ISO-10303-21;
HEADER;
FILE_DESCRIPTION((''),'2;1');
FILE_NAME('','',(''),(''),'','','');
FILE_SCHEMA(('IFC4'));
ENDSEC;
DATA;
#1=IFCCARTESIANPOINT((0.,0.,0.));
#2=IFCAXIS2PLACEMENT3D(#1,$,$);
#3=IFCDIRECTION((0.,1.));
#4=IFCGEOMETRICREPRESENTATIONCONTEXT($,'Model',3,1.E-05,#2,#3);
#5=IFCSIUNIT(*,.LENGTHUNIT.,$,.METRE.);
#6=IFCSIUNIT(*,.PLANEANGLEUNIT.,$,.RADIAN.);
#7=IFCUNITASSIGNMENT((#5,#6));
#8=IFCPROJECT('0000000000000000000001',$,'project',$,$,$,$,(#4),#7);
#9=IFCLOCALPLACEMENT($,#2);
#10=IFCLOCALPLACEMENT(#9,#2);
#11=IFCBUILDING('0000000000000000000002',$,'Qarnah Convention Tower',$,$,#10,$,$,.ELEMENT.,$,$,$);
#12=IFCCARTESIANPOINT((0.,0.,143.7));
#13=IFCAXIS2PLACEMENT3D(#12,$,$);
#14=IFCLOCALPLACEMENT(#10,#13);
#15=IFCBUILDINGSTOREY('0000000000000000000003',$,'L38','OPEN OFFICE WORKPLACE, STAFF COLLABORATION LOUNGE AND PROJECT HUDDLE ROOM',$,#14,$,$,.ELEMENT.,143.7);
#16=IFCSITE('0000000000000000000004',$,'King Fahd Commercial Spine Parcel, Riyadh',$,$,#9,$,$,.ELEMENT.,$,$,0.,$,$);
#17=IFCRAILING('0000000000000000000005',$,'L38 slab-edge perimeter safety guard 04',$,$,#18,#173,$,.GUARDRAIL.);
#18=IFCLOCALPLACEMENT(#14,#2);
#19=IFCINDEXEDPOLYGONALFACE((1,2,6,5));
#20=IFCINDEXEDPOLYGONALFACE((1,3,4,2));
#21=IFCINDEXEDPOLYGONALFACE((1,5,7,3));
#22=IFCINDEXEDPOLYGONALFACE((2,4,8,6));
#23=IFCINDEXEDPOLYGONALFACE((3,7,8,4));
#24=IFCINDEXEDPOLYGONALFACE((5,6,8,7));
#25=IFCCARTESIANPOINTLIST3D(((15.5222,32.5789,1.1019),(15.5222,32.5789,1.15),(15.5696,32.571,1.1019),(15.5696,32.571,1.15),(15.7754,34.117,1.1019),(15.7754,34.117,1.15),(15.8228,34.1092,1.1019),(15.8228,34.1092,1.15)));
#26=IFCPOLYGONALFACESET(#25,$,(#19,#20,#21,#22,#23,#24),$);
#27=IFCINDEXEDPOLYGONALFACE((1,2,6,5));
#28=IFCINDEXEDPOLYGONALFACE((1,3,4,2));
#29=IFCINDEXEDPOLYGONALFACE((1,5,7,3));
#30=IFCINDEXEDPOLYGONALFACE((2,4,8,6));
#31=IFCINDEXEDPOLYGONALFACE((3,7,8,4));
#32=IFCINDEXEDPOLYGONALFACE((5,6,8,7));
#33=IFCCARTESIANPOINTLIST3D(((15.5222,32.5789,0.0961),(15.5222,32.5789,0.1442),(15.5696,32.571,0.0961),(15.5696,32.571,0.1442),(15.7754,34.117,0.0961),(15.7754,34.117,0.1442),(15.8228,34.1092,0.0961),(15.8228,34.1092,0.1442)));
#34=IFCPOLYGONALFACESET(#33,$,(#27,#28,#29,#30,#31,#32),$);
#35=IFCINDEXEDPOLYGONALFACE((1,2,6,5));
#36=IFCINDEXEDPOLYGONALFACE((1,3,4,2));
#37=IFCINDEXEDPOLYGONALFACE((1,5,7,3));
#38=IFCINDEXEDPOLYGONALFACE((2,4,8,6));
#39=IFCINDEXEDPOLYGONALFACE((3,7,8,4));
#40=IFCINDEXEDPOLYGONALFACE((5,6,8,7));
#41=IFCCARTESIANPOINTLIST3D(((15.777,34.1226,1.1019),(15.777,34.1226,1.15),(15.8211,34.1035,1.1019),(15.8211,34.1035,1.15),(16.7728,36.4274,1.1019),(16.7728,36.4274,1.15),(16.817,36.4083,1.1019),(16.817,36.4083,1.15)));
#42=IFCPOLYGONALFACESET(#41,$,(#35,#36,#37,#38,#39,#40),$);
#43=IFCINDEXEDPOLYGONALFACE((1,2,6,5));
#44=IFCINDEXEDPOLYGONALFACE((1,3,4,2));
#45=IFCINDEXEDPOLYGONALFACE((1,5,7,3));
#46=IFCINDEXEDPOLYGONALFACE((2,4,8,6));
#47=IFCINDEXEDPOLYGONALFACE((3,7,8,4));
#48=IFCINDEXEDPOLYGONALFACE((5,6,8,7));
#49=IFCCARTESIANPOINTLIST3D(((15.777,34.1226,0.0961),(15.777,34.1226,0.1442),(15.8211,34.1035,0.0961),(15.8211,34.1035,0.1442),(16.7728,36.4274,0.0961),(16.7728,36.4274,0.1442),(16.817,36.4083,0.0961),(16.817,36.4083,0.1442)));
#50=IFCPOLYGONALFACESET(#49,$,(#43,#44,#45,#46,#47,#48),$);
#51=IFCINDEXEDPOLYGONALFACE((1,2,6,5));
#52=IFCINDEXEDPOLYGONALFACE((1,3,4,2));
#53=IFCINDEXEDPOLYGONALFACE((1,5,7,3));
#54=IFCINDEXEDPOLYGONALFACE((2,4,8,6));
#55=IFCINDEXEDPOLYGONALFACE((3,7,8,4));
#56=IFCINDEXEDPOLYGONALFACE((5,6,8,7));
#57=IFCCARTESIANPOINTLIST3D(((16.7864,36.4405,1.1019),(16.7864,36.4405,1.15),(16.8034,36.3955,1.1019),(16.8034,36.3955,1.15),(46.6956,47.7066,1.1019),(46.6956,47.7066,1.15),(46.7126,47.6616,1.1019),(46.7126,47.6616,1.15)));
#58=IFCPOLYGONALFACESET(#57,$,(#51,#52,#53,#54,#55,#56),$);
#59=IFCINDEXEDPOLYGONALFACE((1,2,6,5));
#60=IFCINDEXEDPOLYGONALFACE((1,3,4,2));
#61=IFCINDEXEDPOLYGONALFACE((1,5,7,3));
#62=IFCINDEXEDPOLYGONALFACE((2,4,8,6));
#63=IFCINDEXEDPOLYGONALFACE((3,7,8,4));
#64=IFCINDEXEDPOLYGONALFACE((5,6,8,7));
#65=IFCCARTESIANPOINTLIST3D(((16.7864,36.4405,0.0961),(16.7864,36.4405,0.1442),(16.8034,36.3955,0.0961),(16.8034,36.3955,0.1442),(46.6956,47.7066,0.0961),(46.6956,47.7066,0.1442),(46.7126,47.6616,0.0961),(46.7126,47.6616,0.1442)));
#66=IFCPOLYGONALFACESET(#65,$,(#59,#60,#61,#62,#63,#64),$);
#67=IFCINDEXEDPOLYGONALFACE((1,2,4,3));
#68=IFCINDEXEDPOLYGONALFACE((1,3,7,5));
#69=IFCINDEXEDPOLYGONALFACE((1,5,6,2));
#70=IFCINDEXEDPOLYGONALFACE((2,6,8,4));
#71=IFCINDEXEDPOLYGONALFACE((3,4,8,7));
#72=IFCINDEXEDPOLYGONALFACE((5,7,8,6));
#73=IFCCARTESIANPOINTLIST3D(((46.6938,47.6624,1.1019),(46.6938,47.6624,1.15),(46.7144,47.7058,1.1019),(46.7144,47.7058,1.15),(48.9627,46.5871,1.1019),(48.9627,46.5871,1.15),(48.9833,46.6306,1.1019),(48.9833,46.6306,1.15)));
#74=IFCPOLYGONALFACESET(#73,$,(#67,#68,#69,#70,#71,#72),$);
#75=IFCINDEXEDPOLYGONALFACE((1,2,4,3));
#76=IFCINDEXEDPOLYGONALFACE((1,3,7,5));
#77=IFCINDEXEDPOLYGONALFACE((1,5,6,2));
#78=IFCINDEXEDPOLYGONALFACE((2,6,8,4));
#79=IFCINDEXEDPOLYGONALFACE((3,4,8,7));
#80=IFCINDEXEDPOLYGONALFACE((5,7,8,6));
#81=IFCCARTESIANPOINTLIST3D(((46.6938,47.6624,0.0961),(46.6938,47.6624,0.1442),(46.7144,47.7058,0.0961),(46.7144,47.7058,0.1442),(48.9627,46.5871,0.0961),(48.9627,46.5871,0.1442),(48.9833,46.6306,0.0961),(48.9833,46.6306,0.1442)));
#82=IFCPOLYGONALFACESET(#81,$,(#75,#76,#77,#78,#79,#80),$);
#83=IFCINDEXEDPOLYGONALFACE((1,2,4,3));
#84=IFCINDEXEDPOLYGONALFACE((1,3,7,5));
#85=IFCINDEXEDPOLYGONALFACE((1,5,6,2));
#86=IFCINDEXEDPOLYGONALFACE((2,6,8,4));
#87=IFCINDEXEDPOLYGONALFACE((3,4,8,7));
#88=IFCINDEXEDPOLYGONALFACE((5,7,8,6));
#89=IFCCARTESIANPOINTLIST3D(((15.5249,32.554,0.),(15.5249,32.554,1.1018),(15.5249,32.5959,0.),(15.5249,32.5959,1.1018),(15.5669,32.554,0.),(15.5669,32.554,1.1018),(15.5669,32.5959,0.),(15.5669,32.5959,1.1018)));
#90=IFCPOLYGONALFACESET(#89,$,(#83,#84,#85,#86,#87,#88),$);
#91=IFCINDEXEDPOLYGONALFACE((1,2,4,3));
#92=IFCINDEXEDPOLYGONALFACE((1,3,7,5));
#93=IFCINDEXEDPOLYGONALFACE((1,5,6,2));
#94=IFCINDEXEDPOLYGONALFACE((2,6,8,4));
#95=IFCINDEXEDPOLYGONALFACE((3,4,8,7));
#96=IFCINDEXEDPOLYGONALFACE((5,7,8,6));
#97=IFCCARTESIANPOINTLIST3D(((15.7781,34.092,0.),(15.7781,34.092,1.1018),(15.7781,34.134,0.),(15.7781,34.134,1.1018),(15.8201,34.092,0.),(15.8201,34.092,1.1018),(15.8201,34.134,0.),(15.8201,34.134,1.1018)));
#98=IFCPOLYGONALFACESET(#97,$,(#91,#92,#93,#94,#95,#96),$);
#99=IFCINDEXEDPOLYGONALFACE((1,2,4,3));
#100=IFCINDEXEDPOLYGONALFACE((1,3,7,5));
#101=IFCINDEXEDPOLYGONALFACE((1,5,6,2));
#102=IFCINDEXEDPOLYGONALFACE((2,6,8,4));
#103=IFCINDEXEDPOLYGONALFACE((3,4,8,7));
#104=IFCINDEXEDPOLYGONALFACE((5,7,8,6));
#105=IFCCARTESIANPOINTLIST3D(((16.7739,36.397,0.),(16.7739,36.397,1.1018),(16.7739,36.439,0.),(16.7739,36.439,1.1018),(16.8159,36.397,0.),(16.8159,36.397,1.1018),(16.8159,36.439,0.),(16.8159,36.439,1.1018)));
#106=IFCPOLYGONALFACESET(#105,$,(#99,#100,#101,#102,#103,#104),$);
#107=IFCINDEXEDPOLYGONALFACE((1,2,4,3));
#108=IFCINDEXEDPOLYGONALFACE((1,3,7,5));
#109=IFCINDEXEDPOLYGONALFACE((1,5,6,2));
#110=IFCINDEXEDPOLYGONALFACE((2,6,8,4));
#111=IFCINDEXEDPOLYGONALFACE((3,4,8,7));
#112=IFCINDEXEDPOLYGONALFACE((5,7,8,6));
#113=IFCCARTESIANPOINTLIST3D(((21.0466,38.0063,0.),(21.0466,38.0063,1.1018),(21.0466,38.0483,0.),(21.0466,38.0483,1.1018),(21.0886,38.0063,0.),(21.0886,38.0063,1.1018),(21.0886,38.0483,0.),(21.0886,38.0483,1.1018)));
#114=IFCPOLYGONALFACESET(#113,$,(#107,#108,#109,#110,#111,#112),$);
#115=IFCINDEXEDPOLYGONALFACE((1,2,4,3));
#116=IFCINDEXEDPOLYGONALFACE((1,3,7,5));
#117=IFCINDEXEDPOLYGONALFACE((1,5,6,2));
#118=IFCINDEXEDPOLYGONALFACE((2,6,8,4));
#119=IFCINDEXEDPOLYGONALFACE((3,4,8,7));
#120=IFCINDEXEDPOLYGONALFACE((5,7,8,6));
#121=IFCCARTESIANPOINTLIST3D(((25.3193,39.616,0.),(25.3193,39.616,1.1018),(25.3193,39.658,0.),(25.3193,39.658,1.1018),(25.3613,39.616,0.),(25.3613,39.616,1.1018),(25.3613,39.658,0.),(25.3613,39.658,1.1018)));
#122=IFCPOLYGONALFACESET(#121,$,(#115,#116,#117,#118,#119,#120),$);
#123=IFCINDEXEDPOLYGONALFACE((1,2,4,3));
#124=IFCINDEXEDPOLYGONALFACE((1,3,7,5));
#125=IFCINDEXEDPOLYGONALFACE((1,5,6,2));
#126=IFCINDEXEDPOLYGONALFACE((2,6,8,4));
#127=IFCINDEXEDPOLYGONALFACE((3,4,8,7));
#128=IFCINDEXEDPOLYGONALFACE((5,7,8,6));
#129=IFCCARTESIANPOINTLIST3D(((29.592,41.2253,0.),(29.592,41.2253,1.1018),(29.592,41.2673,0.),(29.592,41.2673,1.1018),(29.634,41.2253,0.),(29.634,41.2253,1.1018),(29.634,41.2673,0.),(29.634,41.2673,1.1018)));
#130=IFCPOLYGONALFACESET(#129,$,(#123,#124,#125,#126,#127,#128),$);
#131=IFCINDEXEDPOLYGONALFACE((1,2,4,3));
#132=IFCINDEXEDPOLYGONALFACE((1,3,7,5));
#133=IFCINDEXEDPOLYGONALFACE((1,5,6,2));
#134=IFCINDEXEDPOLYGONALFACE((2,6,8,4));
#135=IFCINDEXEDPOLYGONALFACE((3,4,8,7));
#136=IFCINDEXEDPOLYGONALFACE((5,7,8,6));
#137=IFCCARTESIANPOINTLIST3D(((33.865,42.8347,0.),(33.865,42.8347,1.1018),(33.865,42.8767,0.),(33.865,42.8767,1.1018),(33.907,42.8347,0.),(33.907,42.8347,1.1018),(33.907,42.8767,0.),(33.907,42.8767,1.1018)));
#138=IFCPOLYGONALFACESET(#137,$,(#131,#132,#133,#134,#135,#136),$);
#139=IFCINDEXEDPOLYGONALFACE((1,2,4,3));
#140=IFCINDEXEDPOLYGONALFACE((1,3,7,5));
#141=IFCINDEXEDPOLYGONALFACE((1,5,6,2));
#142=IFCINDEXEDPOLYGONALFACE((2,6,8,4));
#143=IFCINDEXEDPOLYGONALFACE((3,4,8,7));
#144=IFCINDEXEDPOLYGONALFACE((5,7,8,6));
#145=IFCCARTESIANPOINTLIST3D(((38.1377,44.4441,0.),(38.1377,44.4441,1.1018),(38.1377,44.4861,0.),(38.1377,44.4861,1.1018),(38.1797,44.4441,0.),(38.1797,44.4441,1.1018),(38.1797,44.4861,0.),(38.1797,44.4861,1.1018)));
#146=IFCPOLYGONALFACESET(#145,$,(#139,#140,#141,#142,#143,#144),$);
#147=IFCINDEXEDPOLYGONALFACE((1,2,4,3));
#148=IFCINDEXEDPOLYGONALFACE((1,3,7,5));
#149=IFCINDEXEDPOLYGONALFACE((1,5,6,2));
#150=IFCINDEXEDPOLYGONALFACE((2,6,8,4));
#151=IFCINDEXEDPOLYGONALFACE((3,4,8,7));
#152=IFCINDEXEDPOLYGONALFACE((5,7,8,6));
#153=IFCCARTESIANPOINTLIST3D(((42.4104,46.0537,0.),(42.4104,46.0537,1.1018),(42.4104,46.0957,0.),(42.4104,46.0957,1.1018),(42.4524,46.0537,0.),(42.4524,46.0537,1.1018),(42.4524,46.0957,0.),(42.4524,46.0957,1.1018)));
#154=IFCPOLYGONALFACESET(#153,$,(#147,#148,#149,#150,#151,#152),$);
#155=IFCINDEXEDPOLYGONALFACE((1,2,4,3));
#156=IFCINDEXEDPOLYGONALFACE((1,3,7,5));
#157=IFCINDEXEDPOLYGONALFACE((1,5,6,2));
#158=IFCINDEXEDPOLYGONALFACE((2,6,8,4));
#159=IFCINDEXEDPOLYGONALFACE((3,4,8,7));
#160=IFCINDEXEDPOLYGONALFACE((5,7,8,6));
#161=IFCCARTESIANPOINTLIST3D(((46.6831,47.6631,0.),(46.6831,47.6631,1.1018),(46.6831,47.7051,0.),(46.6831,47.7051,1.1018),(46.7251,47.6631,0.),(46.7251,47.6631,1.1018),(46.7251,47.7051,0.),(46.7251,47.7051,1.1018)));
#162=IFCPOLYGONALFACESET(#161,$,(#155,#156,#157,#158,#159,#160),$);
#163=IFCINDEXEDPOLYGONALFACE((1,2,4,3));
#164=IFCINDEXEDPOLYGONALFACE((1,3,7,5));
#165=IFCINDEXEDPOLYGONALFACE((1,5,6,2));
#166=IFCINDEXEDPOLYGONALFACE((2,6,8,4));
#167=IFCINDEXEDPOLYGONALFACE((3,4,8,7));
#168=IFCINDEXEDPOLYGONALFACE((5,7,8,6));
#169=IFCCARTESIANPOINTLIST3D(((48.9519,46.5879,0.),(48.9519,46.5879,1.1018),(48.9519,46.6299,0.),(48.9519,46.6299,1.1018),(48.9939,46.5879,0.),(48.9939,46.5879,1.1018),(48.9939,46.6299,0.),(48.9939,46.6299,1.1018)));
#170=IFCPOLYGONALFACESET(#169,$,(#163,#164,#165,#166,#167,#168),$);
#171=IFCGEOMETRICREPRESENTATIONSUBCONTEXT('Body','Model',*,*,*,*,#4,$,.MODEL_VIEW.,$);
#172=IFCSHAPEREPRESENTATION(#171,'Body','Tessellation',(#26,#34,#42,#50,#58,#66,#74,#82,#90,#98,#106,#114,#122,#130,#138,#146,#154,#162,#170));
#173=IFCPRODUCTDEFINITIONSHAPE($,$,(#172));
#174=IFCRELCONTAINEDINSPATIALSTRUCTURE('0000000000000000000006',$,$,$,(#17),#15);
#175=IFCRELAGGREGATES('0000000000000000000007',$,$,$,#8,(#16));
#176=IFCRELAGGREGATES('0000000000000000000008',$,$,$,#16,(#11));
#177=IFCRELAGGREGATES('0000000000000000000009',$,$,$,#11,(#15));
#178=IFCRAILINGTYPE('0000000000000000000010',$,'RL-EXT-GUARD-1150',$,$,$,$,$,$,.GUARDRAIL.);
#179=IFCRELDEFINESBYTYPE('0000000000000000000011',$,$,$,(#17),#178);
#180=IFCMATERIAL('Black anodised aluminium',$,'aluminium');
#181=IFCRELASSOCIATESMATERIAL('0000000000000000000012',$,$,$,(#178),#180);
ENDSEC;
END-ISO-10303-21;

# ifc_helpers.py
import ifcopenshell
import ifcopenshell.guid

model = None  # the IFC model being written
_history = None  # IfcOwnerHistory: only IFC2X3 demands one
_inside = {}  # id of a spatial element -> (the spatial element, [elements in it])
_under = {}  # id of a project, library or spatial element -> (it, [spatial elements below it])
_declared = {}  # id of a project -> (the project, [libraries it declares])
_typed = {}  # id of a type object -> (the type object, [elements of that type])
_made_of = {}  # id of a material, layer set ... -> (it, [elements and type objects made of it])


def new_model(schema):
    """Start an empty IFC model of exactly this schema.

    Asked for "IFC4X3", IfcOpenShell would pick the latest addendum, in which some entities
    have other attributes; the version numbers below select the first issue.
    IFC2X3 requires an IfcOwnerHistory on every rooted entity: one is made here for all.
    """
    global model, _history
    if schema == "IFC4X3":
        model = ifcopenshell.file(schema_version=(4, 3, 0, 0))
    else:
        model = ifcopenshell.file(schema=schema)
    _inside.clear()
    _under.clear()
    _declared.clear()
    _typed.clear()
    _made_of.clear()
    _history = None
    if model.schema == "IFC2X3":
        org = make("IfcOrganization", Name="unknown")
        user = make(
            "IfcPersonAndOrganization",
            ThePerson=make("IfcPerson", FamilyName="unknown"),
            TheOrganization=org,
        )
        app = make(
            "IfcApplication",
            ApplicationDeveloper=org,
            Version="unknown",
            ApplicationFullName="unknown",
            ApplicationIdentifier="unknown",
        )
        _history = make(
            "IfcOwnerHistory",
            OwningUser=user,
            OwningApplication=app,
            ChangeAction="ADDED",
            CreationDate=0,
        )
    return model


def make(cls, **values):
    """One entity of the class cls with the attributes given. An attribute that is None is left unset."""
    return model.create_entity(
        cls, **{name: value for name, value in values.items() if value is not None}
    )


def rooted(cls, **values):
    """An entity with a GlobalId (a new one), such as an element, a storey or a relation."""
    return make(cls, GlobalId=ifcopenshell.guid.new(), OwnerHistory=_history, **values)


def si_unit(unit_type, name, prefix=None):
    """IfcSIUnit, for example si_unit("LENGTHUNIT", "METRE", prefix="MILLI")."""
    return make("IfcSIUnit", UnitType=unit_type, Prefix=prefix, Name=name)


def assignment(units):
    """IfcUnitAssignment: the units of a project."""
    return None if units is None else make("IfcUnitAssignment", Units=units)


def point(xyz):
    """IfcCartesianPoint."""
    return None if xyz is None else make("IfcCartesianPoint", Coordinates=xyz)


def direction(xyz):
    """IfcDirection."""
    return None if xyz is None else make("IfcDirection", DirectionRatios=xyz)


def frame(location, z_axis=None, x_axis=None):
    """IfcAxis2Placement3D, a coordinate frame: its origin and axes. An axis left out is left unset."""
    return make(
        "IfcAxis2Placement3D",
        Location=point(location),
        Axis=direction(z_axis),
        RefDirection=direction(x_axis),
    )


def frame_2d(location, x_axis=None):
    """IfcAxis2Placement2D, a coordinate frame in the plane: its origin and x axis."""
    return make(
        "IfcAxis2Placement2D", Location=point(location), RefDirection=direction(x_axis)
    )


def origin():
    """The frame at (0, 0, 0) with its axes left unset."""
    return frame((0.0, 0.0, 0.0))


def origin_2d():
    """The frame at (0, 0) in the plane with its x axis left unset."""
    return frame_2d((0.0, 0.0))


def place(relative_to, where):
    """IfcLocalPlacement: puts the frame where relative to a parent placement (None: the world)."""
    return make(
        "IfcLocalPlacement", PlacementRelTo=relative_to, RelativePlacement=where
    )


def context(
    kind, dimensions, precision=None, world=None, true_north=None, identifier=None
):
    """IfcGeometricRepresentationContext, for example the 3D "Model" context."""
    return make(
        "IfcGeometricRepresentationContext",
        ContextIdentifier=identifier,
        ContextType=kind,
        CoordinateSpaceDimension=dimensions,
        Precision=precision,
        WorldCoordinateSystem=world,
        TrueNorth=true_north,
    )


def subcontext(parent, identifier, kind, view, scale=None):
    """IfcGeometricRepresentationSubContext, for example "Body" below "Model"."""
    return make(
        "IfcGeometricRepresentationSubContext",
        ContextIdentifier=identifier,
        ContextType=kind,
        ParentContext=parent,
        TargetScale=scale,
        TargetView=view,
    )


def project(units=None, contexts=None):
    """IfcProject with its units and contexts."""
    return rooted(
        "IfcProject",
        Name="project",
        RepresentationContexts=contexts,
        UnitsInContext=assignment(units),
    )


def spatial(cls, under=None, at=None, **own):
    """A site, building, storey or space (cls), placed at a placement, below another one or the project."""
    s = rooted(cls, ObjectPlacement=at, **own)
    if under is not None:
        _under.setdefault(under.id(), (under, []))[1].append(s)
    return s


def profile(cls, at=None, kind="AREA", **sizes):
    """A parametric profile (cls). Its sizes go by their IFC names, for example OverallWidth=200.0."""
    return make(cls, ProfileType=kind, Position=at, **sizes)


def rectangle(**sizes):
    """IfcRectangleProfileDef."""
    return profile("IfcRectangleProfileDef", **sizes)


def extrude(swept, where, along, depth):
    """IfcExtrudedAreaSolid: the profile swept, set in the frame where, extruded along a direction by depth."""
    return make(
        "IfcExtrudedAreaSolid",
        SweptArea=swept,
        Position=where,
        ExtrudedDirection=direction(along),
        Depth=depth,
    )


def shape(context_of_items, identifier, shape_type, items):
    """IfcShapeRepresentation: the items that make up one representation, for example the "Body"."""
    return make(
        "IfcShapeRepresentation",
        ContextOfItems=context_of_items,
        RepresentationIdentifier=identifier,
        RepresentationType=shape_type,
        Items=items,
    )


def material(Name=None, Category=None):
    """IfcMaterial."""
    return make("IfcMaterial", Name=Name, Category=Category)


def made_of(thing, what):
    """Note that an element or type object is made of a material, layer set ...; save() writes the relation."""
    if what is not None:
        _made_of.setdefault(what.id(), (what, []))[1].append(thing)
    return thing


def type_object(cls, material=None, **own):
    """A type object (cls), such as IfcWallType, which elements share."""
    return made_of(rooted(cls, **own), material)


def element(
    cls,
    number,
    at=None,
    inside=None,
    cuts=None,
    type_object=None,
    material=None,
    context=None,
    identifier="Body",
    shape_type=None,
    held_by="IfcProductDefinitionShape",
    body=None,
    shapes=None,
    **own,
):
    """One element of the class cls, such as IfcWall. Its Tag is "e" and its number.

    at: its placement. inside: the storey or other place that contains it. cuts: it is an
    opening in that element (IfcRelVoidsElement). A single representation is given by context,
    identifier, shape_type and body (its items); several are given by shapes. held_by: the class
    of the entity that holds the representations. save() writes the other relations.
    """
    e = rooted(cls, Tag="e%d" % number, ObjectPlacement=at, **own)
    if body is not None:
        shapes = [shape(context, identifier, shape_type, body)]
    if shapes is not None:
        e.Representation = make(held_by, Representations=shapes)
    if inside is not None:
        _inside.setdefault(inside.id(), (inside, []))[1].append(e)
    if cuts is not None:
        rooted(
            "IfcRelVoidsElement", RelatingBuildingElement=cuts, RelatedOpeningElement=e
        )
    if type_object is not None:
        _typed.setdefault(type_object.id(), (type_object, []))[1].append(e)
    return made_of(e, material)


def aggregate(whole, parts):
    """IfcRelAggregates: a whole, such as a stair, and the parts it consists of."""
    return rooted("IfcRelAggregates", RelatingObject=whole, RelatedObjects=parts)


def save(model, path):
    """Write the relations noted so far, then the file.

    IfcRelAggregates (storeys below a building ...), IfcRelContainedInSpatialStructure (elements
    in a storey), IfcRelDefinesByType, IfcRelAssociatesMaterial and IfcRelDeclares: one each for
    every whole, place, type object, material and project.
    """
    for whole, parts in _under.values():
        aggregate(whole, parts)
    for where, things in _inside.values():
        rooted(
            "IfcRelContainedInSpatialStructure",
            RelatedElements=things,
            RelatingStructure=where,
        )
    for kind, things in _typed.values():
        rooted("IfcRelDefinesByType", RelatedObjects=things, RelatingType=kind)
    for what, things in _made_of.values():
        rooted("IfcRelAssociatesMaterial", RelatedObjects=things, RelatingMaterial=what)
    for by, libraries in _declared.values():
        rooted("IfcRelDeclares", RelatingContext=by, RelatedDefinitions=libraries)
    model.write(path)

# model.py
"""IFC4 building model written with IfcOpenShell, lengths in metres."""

from ifc_helpers import new_model, si_unit, direction, frame, origin, origin_2d, place, context, subcontext, project, spatial, rectangle, extrude, material, type_object, element, save


model = new_model("IFC4")

# Units and contexts
model_context = context("Model", 3, precision=1e-05, world=origin(), true_north=direction((0.0, 1.0)))
body_context = subcontext(model_context, "Body", "Model", "MODEL_VIEW")
ifc_project = project(units=[si_unit("LENGTHUNIT", "METRE"), si_unit("PLANEANGLEUNIT", "RADIAN")], contexts=[model_context])

# Site, building, storey
site_placement = place(None, origin())
site = spatial("IfcSite", under=ifc_project, at=site_placement, Name="King Fahd Commercial Spine Parcel, Riyadh", CompositionType="ELEMENT", RefElevation=0.0)
building_placement = place(site_placement, origin())
building = spatial("IfcBuilding", under=site, at=building_placement, Name="Qarnah Convention Tower", CompositionType="ELEMENT")
storey_placement = place(building_placement, frame((0.0, 0.0, 143.7)))
storey = spatial("IfcBuildingStorey", under=building, at=storey_placement, Name="L38", Description="OPEN OFFICE WORKPLACE, STAFF COLLABORATION LOUNGE AND PROJECT HUDDLE ROOM", CompositionType="ELEMENT", Elevation=143.7)

# Shared definitions
ifc_material_1 = material(Name="Black anodised aluminium", Category="aluminium")

# Railing
railing_type = type_object("IfcRailingType", Name="RL-EXT-GUARD-1150", PredefinedType="GUARDRAIL", material=ifc_material_1)
railing_1_placement = place(storey_placement, frame((15.5459, 32.575, 0.0)))
element("IfcRailing", 1, at=railing_1_placement, inside=storey, type_object=railing_type, Name="L38 slab-edge perimeter safety guard 04", PredefinedType="GUARDRAIL", context=body_context, shape_type="SweptSolid", body=[
    extrude(rectangle(XDim=0.0481, YDim=0.0481, at=origin_2d()), frame((0.0, 0.0, 1.126), z_axis=(0.162418, 0.986722, 0.0), x_axis=(-0.986722, 0.162418, 0.0)), (0.0, 0.0, 1.0), 1.5588),
    extrude(rectangle(XDim=0.0481, YDim=0.0481, at=origin_2d()), frame((0.0, 0.0, 0.1201), z_axis=(0.162418, 0.986722, 0.0), x_axis=(-0.986722, 0.162418, 0.0)), (0.0, 0.0, 1.0), 1.5588),
    extrude(rectangle(XDim=0.0481, YDim=0.0481, at=origin_2d()), frame((0.2532, 1.5381, 1.126), z_axis=(0.396617, 0.917984, 0.0), x_axis=(-0.917984, 0.396617, 0.0)), (0.0, 0.0, 1.0), 2.5107),
    extrude(rectangle(XDim=0.0481, YDim=0.0481, at=origin_2d()), frame((0.2532, 1.5381, 0.1201), z_axis=(0.396617, 0.917984, 0.0), x_axis=(-0.917984, 0.396617, 0.0)), (0.0, 0.0, 1.0), 2.5107),
    extrude(rectangle(XDim=0.0481, YDim=0.0481, at=origin_2d()), frame((1.249, 3.843, 1.126), z_axis=(0.935812, 0.352499, 0.0), x_axis=(-0.352499, 0.935812, 0.0)), (0.0, 0.0, 1.0), 31.9607),
    extrude(rectangle(XDim=0.0481, YDim=0.0481, at=origin_2d()), frame((1.249, 3.843, 0.1201), z_axis=(0.935812, 0.352499, 0.0), x_axis=(-0.352499, 0.935812, 0.0)), (0.0, 0.0, 1.0), 31.9607),
    extrude(rectangle(XDim=0.0481, YDim=0.0481, at=origin_2d()), frame((31.1582, 15.1091, 1.126), z_axis=(0.903661, -0.428249, 0.0), x_axis=(0.428249, 0.903661, 0.0)), (0.0, 0.0, 1.0), 2.5107),
    extrude(rectangle(XDim=0.0481, YDim=0.0481, at=origin_2d()), frame((31.1582, 15.1091, 0.1201), z_axis=(0.903661, -0.428249, 0.0), x_axis=(0.428249, 0.903661, 0.0)), (0.0, 0.0, 1.0), 2.5107),
    extrude(rectangle(XDim=0.042, YDim=0.042, at=origin_2d()), origin(), (0.0, 0.0, 1.0), 1.1018),
    extrude(rectangle(XDim=0.042, YDim=0.042, at=origin_2d()), frame((0.2532, 1.5381, 0.0)), (0.0, 0.0, 1.0), 1.1018),
    extrude(rectangle(XDim=0.042, YDim=0.042, at=origin_2d()), frame((1.249, 3.843, 0.0)), (0.0, 0.0, 1.0), 1.1018),
    extrude(rectangle(XDim=0.042, YDim=0.042, at=origin_2d()), frame((5.5217, 5.4524, 0.0)), (0.0, 0.0, 1.0), 1.1018),
    extrude(rectangle(XDim=0.042, YDim=0.042, at=origin_2d()), frame((9.7944, 7.062, 0.0)), (0.0, 0.0, 1.0), 1.1018),
    extrude(rectangle(XDim=0.042, YDim=0.042, at=origin_2d()), frame((14.0671, 8.6714, 0.0)), (0.0, 0.0, 1.0), 1.1018),
    extrude(rectangle(XDim=0.042, YDim=0.042, at=origin_2d()), frame((18.3401, 10.2808, 0.0)), (0.0, 0.0, 1.0), 1.1018),
    extrude(rectangle(XDim=0.042, YDim=0.042, at=origin_2d()), frame((22.6128, 11.8901, 0.0)), (0.0, 0.0, 1.0), 1.1018),
    extrude(rectangle(XDim=0.042, YDim=0.042, at=origin_2d()), frame((26.8855, 13.4998, 0.0)), (0.0, 0.0, 1.0), 1.1018),
    extrude(rectangle(XDim=0.042, YDim=0.042, at=origin_2d()), frame((31.1582, 15.1091, 0.0)), (0.0, 0.0, 1.0), 1.1018),
    extrude(rectangle(XDim=0.042, YDim=0.042, at=origin_2d()), frame((33.427, 14.0339, 0.0)), (0.0, 0.0, 1.0), 1.1018),
])

save(model, "model.ifc")
